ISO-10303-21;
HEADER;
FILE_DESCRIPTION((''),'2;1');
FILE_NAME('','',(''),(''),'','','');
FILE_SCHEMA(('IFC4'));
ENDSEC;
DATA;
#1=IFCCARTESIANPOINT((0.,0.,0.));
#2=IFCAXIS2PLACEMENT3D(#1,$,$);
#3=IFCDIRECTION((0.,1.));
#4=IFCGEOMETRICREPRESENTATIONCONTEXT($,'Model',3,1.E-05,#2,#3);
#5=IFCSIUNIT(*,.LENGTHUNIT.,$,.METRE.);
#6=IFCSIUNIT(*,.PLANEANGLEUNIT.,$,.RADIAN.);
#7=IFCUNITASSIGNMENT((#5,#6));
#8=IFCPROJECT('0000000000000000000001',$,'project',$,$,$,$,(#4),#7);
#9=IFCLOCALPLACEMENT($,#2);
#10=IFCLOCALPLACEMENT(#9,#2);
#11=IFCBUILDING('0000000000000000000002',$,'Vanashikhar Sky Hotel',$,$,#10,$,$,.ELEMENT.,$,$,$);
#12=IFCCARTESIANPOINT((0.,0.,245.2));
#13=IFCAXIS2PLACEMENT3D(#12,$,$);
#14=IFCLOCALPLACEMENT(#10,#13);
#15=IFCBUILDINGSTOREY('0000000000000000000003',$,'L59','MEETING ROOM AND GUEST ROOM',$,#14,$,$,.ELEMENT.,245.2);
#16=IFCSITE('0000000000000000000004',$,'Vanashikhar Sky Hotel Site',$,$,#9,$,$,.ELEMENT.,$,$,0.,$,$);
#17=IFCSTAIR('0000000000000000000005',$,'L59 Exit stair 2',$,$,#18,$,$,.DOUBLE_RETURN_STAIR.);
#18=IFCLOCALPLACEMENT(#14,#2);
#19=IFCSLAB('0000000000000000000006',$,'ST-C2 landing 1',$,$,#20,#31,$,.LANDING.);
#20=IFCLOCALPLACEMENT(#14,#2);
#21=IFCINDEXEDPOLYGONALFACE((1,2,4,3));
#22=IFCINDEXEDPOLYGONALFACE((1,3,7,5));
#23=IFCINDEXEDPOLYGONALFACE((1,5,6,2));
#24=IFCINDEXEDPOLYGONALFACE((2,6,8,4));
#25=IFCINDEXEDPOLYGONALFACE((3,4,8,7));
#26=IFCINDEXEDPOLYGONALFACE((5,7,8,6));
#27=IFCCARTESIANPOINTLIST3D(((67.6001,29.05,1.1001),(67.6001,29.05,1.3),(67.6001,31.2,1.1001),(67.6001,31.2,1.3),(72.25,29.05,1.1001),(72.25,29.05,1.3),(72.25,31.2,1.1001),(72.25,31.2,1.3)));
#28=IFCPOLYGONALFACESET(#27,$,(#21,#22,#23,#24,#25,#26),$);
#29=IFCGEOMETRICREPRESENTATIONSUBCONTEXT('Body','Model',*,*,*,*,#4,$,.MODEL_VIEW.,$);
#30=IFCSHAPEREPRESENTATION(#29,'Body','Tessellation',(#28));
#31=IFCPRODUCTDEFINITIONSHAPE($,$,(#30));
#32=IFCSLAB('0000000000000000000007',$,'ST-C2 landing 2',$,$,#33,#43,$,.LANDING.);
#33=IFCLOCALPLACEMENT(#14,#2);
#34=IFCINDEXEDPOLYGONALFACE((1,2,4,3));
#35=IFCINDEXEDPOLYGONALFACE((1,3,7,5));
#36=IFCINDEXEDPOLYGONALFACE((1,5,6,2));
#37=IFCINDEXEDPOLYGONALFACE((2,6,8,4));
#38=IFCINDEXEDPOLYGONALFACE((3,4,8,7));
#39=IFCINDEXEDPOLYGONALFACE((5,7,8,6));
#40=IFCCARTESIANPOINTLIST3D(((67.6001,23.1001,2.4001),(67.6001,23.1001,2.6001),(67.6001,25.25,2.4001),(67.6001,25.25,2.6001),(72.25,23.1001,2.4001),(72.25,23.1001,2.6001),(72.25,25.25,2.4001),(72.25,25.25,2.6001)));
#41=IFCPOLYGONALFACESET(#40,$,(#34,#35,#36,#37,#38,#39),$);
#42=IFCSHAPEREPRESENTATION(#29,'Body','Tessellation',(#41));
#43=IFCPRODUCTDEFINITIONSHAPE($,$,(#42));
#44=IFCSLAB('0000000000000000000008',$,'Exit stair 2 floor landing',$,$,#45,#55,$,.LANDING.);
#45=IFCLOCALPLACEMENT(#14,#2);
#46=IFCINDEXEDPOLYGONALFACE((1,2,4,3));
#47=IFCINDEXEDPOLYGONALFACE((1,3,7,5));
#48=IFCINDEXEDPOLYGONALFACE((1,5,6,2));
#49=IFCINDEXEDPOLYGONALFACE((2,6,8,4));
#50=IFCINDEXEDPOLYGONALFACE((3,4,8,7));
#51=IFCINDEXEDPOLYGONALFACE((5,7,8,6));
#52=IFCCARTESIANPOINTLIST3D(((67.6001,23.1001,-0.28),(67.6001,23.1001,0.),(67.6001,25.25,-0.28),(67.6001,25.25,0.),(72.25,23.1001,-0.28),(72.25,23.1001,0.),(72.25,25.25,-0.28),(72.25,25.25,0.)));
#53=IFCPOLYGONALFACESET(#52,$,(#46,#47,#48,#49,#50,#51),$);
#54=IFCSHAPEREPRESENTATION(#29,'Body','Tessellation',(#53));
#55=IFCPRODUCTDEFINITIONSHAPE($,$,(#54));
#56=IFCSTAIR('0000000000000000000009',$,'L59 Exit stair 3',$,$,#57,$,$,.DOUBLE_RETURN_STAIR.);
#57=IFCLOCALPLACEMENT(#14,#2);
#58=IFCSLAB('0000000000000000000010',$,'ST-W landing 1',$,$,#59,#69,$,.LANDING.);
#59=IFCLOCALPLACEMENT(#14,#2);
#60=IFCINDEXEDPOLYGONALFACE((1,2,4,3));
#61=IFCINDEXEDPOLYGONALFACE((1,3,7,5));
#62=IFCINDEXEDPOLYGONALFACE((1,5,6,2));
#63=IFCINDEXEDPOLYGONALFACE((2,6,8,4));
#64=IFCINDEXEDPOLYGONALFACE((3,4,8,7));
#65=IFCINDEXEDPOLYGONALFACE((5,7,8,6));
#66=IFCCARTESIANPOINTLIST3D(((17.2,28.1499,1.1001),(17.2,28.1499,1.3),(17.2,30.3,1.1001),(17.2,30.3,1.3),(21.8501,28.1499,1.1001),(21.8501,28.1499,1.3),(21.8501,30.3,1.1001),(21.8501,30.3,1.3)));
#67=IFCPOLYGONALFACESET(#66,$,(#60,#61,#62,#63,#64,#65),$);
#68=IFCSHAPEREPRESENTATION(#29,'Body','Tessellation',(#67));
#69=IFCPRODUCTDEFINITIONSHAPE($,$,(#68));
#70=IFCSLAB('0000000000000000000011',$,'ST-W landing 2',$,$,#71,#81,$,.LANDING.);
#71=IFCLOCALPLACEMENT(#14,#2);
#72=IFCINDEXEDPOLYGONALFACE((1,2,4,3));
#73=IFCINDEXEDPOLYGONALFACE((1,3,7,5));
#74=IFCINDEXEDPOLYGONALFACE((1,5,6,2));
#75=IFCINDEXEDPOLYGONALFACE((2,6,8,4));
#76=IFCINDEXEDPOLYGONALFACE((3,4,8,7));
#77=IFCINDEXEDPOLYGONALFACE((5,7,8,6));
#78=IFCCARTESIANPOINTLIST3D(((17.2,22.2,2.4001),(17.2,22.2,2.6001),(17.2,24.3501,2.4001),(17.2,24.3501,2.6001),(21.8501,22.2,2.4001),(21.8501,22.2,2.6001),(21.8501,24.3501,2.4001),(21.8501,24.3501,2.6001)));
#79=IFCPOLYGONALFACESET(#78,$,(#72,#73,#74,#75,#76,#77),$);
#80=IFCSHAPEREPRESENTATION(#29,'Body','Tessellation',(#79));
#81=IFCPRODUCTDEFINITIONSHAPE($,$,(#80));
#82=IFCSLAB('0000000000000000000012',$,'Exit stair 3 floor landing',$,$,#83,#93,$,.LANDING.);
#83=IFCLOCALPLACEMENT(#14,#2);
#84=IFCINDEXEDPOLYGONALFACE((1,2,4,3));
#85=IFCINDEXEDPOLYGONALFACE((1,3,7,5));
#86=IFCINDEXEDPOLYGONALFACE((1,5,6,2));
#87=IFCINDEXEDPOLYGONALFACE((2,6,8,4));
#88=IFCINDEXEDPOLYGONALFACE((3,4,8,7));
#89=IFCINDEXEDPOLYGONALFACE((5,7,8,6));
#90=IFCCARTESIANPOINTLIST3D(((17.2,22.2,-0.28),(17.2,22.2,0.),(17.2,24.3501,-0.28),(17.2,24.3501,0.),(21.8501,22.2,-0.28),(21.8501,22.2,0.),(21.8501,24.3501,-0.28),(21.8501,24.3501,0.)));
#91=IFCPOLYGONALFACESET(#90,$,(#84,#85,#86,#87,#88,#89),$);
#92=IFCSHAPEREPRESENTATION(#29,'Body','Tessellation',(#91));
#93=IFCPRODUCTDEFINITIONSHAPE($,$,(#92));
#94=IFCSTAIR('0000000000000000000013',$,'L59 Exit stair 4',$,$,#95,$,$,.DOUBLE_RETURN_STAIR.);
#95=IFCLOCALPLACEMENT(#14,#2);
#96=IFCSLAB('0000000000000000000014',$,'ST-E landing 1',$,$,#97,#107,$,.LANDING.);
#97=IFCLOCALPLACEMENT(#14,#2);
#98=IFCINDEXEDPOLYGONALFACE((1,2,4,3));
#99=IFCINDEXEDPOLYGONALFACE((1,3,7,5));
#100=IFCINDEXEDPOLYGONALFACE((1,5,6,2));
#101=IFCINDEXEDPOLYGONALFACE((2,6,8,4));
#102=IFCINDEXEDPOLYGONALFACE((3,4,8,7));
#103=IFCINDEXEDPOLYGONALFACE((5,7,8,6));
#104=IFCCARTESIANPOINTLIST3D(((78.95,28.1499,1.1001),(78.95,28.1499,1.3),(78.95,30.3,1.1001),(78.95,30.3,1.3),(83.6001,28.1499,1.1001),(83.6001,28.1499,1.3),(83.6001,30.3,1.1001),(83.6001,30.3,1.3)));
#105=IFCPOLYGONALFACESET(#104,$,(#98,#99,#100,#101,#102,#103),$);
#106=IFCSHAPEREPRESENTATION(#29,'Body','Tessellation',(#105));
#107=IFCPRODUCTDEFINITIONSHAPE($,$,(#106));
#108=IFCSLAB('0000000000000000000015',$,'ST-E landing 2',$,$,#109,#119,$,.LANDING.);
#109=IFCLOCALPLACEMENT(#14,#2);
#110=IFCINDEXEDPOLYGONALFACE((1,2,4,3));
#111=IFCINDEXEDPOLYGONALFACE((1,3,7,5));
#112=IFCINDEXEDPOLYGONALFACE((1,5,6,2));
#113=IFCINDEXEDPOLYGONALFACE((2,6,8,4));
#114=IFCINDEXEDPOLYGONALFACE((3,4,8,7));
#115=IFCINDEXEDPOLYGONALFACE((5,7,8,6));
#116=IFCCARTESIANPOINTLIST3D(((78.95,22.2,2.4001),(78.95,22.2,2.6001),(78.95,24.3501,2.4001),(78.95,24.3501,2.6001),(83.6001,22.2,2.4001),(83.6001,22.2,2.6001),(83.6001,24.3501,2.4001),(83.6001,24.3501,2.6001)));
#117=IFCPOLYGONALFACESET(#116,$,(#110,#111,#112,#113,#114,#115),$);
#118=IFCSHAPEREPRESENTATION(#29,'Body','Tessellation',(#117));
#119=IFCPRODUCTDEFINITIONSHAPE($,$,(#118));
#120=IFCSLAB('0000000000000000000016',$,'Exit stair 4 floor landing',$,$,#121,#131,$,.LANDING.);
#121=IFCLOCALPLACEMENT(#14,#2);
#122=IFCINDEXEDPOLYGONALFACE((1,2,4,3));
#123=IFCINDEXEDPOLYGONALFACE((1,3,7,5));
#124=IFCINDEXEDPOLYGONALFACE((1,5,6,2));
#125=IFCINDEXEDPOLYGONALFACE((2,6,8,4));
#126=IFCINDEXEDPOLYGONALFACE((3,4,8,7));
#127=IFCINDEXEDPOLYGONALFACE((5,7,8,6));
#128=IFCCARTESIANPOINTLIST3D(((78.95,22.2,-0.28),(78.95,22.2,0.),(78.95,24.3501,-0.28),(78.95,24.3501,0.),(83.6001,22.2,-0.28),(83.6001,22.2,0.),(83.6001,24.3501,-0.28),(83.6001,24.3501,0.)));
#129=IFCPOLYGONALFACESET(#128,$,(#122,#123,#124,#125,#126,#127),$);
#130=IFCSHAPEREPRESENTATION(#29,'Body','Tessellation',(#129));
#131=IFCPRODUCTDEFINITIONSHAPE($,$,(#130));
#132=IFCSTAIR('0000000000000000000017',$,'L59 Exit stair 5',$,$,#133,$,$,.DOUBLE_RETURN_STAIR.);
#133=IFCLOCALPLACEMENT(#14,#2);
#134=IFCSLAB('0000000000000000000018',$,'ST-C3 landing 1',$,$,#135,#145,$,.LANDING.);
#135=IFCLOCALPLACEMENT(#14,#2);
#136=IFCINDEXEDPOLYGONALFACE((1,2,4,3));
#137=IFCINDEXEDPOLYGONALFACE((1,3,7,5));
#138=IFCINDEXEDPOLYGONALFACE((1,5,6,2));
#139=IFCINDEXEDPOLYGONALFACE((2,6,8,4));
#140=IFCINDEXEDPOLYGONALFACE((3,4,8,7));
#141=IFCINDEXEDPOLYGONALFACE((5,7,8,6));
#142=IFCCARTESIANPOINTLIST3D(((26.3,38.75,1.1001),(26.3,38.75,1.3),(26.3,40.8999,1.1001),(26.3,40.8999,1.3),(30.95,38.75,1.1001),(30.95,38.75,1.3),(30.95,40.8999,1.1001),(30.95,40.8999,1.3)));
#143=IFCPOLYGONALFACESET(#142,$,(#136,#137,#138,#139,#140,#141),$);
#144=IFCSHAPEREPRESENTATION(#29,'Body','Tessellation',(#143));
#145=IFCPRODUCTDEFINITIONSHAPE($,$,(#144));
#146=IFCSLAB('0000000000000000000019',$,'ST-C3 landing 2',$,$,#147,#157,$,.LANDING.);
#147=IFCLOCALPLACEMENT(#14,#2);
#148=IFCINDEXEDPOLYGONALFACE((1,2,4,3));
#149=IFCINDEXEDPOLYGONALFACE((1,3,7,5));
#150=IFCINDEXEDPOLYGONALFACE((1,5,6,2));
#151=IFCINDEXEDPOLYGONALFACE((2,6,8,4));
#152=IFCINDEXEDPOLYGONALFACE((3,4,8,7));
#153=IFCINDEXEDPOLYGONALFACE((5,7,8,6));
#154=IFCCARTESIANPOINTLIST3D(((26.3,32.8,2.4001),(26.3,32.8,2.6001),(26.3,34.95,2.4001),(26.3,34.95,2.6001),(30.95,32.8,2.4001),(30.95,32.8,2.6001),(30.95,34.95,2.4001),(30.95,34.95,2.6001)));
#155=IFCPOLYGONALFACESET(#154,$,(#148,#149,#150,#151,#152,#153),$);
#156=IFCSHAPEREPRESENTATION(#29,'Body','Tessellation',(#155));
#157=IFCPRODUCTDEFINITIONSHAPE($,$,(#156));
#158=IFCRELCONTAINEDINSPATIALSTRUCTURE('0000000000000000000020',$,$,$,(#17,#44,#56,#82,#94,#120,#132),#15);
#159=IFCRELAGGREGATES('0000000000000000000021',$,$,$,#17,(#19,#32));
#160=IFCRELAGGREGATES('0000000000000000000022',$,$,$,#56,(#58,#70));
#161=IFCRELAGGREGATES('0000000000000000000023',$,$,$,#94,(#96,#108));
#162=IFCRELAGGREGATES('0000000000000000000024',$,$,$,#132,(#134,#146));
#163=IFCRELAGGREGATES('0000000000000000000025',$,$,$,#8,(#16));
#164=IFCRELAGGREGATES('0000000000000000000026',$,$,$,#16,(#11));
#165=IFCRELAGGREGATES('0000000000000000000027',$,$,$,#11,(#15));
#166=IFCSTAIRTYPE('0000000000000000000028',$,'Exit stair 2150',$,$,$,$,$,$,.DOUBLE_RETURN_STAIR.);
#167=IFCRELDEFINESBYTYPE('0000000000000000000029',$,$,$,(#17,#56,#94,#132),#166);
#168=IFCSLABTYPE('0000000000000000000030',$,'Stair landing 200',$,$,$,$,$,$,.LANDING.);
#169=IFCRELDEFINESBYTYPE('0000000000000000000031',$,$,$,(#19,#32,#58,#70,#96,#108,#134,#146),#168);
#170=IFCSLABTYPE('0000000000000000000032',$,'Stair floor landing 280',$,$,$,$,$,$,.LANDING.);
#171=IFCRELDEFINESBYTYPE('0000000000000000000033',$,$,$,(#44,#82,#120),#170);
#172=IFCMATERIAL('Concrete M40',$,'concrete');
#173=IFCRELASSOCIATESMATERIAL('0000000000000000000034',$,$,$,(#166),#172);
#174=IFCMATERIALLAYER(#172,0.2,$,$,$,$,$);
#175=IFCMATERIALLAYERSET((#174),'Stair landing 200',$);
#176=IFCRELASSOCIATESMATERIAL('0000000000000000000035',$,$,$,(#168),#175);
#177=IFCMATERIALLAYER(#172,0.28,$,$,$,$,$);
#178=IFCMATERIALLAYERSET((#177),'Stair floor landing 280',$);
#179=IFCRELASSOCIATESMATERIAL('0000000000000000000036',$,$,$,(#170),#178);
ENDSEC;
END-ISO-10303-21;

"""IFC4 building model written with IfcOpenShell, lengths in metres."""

from ifc_helpers import new_model, si_unit, direction, frame, origin, place, context, subcontext, project, spatial, polyline, outline, extrude, source, transform, mapped, material, layer, layer_set, type_object, element, aggregate, save


model = new_model("IFC4")

# Units and contexts
model_context = context("Model", 3, precision=1e-05, world=origin(), true_north=direction((0.0, 1.0)))
body_context = subcontext(model_context, "Body", "Model", "MODEL_VIEW")
ifc_project = project(units=[si_unit("LENGTHUNIT", "METRE"), si_unit("PLANEANGLEUNIT", "RADIAN")], contexts=[model_context])

# Site, building, storey
site_placement = place(None, origin())
site = spatial("IfcSite", under=ifc_project, at=site_placement, Name="Vanashikhar Sky Hotel Site", CompositionType="ELEMENT", RefElevation=0.0)
building_placement = place(site_placement, origin())
building = spatial("IfcBuilding", under=site, at=building_placement, Name="Vanashikhar Sky Hotel", CompositionType="ELEMENT")
storey_placement = place(building_placement, frame((0.0, 0.0, 245.2)))
storey = spatial("IfcBuildingStorey", under=building, at=storey_placement, Name="L59", Description="MEETING ROOM AND GUEST ROOM", CompositionType="ELEMENT", Elevation=245.2)

# Shared definitions
ifc_material = material(Name="Concrete M40", Category="concrete")

# Shared definitions
stair_type = type_object("IfcStairType", Name="Exit stair 2150", PredefinedType="DOUBLE_RETURN_STAIR", material=ifc_material)
ifc_layer_1 = layer(ifc_material, 0.2)
ifc_layer_set_1 = layer_set([ifc_layer_1], Name="Stair landing 200")
slab_type_1 = type_object("IfcSlabType", Name="Stair landing 200", PredefinedType="LANDING", material=ifc_layer_set_1)

# Shared definitions
ifc_layer_2 = layer(ifc_material, 0.28)
ifc_layer_set_2 = layer_set([ifc_layer_2], Name="Stair floor landing 280")
slab_type_2 = type_object("IfcSlabType", Name="Stair floor landing 280", PredefinedType="LANDING", material=ifc_layer_set_2)

# Stair, slabs
stair_1_placement = place(storey_placement, origin())
stair_1 = element("IfcStair", 1, at=stair_1_placement, inside=storey, type_object=stair_type, Name="L59 Exit stair 2", PredefinedType="DOUBLE_RETURN_STAIR")
shared_shape_1 = source(origin(), body_context, "Body", "SweptSolid", [
    extrude(outline(polyline([(72.25, 29.05), (72.25, 31.2), (67.6001, 31.2), (67.6001, 29.05), (72.25, 29.05)])), origin(), (0.0, 0.0, 1.0), 0.2),
])
slab_1_placement = place(storey_placement, frame((0.0, 0.0, 1.1001)))
slab_1 = element("IfcSlab", 2, at=slab_1_placement, type_object=slab_type_1, Name="ST-C2 landing 1", PredefinedType="LANDING", context=body_context, shape_type="MappedRepresentation", body=[
    mapped(shared_shape_1, transform((0.0, 0.0, 0.0), scale=1.0)),
])
shared_shape_2 = source(origin(), body_context, "Body", "SweptSolid", [
    extrude(outline(polyline([(72.25, 23.1001), (72.25, 25.25), (67.6001, 25.25), (67.6001, 23.1001), (72.25, 23.1001)])), origin(), (0.0, 0.0, 1.0), 0.2),
])
slab_2_placement = place(storey_placement, frame((0.0, 0.0, 2.4001)))
slab_2 = element("IfcSlab", 3, at=slab_2_placement, type_object=slab_type_1, Name="ST-C2 landing 2", PredefinedType="LANDING", context=body_context, shape_type="MappedRepresentation", body=[
    mapped(shared_shape_2, transform((0.0, 0.0, 0.0), scale=1.0)),
])
aggregate(stair_1, [slab_1, slab_2])

# Slab
shared_shape_3 = source(origin(), body_context, "Body", "SweptSolid", [
    extrude(outline(polyline([(72.25, 23.1001), (72.25, 25.25), (67.6001, 25.25), (67.6001, 23.1001), (72.25, 23.1001)])), origin(), (0.0, 0.0, 1.0), 0.28),
])
slab_3_placement = place(storey_placement, frame((0.0, 0.0, -0.28)))
element("IfcSlab", 4, at=slab_3_placement, inside=storey, type_object=slab_type_2, Name="Exit stair 2 floor landing", PredefinedType="LANDING", context=body_context, shape_type="MappedRepresentation", body=[
    mapped(shared_shape_3, transform((0.0, 0.0, 0.0), scale=1.0)),
])

# Stair, slabs
stair_2_placement = place(storey_placement, origin())
stair_2 = element("IfcStair", 5, at=stair_2_placement, inside=storey, type_object=stair_type, Name="L59 Exit stair 3", PredefinedType="DOUBLE_RETURN_STAIR")
shared_shape_4 = source(origin(), body_context, "Body", "SweptSolid", [
    extrude(outline(polyline([(21.8501, 28.1499), (21.8501, 30.3), (17.2, 30.3), (17.2, 28.1499), (21.8501, 28.1499)])), origin(), (0.0, 0.0, 1.0), 0.2),
])
slab_4_placement = place(storey_placement, frame((0.0, 0.0, 1.1001)))
slab_4 = element("IfcSlab", 6, at=slab_4_placement, type_object=slab_type_1, Name="ST-W landing 1", PredefinedType="LANDING", context=body_context, shape_type="MappedRepresentation", body=[
    mapped(shared_shape_4, transform((0.0, 0.0, 0.0), scale=1.0)),
])
shared_shape_5 = source(origin(), body_context, "Body", "SweptSolid", [
    extrude(outline(polyline([(21.8501, 22.2), (21.8501, 24.3501), (17.2, 24.3501), (17.2, 22.2), (21.8501, 22.2)])), origin(), (0.0, 0.0, 1.0), 0.2),
])
slab_5_placement = place(storey_placement, frame((0.0, 0.0, 2.4001)))
slab_5 = element("IfcSlab", 7, at=slab_5_placement, type_object=slab_type_1, Name="ST-W landing 2", PredefinedType="LANDING", context=body_context, shape_type="MappedRepresentation", body=[
    mapped(shared_shape_5, transform((0.0, 0.0, 0.0), scale=1.0)),
])
aggregate(stair_2, [slab_4, slab_5])

# Slab
shared_shape_6 = source(origin(), body_context, "Body", "SweptSolid", [
    extrude(outline(polyline([(21.8501, 22.2), (21.8501, 24.3501), (17.2, 24.3501), (17.2, 22.2), (21.8501, 22.2)])), origin(), (0.0, 0.0, 1.0), 0.28),
])
slab_6_placement = place(storey_placement, frame((0.0, 0.0, -0.28)))
element("IfcSlab", 8, at=slab_6_placement, inside=storey, type_object=slab_type_2, Name="Exit stair 3 floor landing", PredefinedType="LANDING", context=body_context, shape_type="MappedRepresentation", body=[
    mapped(shared_shape_6, transform((0.0, 0.0, 0.0), scale=1.0)),
])

# Stair, slabs
stair_3_placement = place(storey_placement, origin())
stair_3 = element("IfcStair", 9, at=stair_3_placement, inside=storey, type_object=stair_type, Name="L59 Exit stair 4", PredefinedType="DOUBLE_RETURN_STAIR")
shared_shape_7 = source(origin(), body_context, "Body", "SweptSolid", [
    extrude(outline(polyline([(83.6001, 28.1499), (83.6001, 30.3), (78.95, 30.3), (78.95, 28.1499), (83.6001, 28.1499)])), origin(), (0.0, 0.0, 1.0), 0.2),
])
slab_7_placement = place(storey_placement, frame((0.0, 0.0, 1.1001)))
slab_7 = element("IfcSlab", 10, at=slab_7_placement, type_object=slab_type_1, Name="ST-E landing 1", PredefinedType="LANDING", context=body_context, shape_type="MappedRepresentation", body=[
    mapped(shared_shape_7, transform((0.0, 0.0, 0.0), scale=1.0)),
])
shared_shape_8 = source(origin(), body_context, "Body", "SweptSolid", [
    extrude(outline(polyline([(83.6001, 22.2), (83.6001, 24.3501), (78.95, 24.3501), (78.95, 22.2), (83.6001, 22.2)])), origin(), (0.0, 0.0, 1.0), 0.2),
])
slab_8_placement = place(storey_placement, frame((0.0, 0.0, 2.4001)))
slab_8 = element("IfcSlab", 11, at=slab_8_placement, type_object=slab_type_1, Name="ST-E landing 2", PredefinedType="LANDING", context=body_context, shape_type="MappedRepresentation", body=[
    mapped(shared_shape_8, transform((0.0, 0.0, 0.0), scale=1.0)),
])
aggregate(stair_3, [slab_7, slab_8])

# Slab
shared_shape_9 = source(origin(), body_context, "Body", "SweptSolid", [
    extrude(outline(polyline([(83.6001, 22.2), (83.6001, 24.3501), (78.95, 24.3501), (78.95, 22.2), (83.6001, 22.2)])), origin(), (0.0, 0.0, 1.0), 0.28),
])
slab_9_placement = place(storey_placement, frame((0.0, 0.0, -0.28)))
element("IfcSlab", 12, at=slab_9_placement, inside=storey, type_object=slab_type_2, Name="Exit stair 4 floor landing", PredefinedType="LANDING", context=body_context, shape_type="MappedRepresentation", body=[
    mapped(shared_shape_9, transform((0.0, 0.0, 0.0), scale=1.0)),
])

# Stair, slabs
stair_4_placement = place(storey_placement, origin())
stair_4 = element("IfcStair", 13, at=stair_4_placement, inside=storey, type_object=stair_type, Name="L59 Exit stair 5", PredefinedType="DOUBLE_RETURN_STAIR")
shared_shape_10 = source(origin(), body_context, "Body", "SweptSolid", [
    extrude(outline(polyline([(30.95, 38.75), (30.95, 40.8999), (26.3, 40.8999), (26.3, 38.75), (30.95, 38.75)])), origin(), (0.0, 0.0, 1.0), 0.2),
])
slab_10_placement = place(storey_placement, frame((0.0, 0.0, 1.1001)))
slab_10 = element("IfcSlab", 14, at=slab_10_placement, type_object=slab_type_1, Name="ST-C3 landing 1", PredefinedType="LANDING", context=body_context, shape_type="MappedRepresentation", body=[
    mapped(shared_shape_10, transform((0.0, 0.0, 0.0), scale=1.0)),
])
shared_shape_11 = source(origin(), body_context, "Body", "SweptSolid", [
    extrude(outline(polyline([(30.95, 32.8), (30.95, 34.95), (26.3, 34.95), (26.3, 32.8), (30.95, 32.8)])), origin(), (0.0, 0.0, 1.0), 0.2),
])
slab_11_placement = place(storey_placement, frame((0.0, 0.0, 2.4001)))
slab_11 = element("IfcSlab", 15, at=slab_11_placement, type_object=slab_type_1, Name="ST-C3 landing 2", PredefinedType="LANDING", context=body_context, shape_type="MappedRepresentation", body=[
    mapped(shared_shape_11, transform((0.0, 0.0, 0.0), scale=1.0)),
])
aggregate(stair_4, [slab_10, slab_11])

save(model, "model.ifc")
